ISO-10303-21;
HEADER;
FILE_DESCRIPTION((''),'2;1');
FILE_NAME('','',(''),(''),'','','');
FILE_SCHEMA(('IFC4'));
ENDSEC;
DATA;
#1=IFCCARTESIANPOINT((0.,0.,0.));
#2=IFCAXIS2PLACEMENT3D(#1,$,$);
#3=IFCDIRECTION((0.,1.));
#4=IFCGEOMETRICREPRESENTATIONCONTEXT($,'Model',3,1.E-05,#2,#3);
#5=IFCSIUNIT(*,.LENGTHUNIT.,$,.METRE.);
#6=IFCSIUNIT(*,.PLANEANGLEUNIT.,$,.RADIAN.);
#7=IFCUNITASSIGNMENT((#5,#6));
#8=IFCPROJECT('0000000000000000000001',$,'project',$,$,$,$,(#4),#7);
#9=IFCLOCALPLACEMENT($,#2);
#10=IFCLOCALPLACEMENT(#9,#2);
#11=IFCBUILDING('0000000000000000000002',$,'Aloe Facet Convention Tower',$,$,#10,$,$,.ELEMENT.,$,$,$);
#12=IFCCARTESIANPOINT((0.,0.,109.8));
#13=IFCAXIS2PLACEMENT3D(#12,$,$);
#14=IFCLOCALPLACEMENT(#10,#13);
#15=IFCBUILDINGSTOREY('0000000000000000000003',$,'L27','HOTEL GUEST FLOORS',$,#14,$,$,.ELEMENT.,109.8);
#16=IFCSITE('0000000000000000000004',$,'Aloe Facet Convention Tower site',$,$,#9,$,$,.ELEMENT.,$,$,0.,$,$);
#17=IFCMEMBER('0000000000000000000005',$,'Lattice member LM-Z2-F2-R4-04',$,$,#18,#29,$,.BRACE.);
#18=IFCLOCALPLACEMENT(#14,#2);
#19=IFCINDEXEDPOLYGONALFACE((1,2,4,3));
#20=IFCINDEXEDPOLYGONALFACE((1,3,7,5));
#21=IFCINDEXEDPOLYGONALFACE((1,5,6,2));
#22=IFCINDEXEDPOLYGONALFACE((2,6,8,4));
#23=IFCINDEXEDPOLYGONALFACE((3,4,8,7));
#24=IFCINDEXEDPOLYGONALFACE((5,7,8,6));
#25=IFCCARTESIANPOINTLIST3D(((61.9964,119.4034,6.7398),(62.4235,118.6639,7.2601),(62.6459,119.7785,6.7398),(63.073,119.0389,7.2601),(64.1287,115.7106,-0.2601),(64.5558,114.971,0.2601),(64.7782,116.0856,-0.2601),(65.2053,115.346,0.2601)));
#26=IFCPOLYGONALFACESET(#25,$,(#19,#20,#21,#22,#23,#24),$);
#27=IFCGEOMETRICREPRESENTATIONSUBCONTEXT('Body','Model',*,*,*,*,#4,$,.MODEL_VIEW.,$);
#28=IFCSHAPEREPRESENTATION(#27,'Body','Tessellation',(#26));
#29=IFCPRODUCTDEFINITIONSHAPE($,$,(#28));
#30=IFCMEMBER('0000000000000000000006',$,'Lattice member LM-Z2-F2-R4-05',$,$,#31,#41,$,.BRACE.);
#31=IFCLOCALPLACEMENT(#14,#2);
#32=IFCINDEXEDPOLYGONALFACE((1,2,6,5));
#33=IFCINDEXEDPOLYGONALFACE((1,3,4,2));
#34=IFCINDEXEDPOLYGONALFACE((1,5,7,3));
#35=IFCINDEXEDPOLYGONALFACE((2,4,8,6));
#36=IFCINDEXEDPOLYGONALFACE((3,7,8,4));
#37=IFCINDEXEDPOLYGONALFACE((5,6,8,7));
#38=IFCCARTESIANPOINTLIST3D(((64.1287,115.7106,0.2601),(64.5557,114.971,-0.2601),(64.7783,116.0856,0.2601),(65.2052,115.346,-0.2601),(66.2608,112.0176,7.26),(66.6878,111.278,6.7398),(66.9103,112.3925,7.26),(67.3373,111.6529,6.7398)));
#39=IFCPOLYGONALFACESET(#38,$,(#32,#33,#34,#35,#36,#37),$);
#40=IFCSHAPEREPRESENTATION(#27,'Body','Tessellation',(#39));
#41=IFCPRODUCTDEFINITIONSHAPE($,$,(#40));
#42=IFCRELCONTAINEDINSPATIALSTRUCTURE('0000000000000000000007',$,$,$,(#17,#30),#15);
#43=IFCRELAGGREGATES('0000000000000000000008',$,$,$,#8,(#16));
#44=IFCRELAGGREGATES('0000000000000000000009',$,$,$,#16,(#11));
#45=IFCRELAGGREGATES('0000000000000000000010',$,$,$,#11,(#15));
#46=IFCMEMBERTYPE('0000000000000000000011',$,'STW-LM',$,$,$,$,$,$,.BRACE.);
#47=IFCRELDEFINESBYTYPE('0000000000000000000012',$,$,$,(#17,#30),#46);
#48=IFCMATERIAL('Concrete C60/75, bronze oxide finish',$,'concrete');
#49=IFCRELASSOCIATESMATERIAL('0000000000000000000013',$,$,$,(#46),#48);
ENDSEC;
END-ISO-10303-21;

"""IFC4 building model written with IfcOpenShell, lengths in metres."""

from ifc_helpers import new_model, si_unit, direction, frame, origin, origin_2d, place, context, subcontext, project, spatial, rectangle, extrude, material, material_profile, profile_set, type_object, element, save


model = new_model("IFC4")

# Units and contexts
model_context = context("Model", 3, precision=1e-05, world=origin(), true_north=direction((0.0, 1.0)))
body_context = subcontext(model_context, "Body", "Model", "MODEL_VIEW")
ifc_project = project(units=[si_unit("LENGTHUNIT", "METRE"), si_unit("PLANEANGLEUNIT", "RADIAN")], contexts=[model_context])

# Site, building, storey
site_placement = place(None, origin())
site = spatial("IfcSite", under=ifc_project, at=site_placement, Name="Aloe Facet Convention Tower site", CompositionType="ELEMENT", RefElevation=0.0)
building_placement = place(site_placement, origin())
building = spatial("IfcBuilding", under=site, at=building_placement, Name="Aloe Facet Convention Tower", CompositionType="ELEMENT")
storey_placement = place(building_placement, frame((0.0, 0.0, 109.8)))
storey = spatial("IfcBuildingStorey", under=building, at=storey_placement, Name="L27", Description="HOTEL GUEST FLOORS", CompositionType="ELEMENT", Elevation=109.8)

# Members
ifc_material_1 = material(Name="Concrete C60/75, bronze oxide finish", Category="concrete")
ifc_material_profile_1 = material_profile(ifc_material_1, rectangle(XDim=0.75, YDim=1.0, at=origin_2d()), Name="STW-LM")
ifc_profile_set_1 = profile_set([ifc_material_profile_1], Name="Concrete C60/75, bronze oxide finish")
member_type = type_object("IfcMemberType", Name="STW-LM", PredefinedType="BRACE", material=ifc_profile_set_1)
for number, where, z_axis, x_axis, name in (
    (1, (64.667, 115.5283, 0.0), (-0.260148, 0.450537, 0.854014), (-0.866001, -0.500043, 0.0), "Lattice member LM-Z2-F2-R4-04"),
    (2, (64.667, 115.5283, 0.0), (0.260116, -0.450565, 0.854009), (0.86604, 0.499975, 0.0), "Lattice member LM-Z2-F2-R4-05"),
):
    element("IfcMember", number, at=place(storey_placement, frame(where, z_axis=z_axis, x_axis=x_axis)), inside=storey, type_object=member_type, Name=name, PredefinedType="BRACE", context=body_context, shape_type="SweptSolid", body=[
        extrude(rectangle(XDim=0.75, YDim=1.0, at=origin_2d()), origin(), (0.0, 0.0, 1.0), 8.1965),
    ])

save(model, "model.ifc")
